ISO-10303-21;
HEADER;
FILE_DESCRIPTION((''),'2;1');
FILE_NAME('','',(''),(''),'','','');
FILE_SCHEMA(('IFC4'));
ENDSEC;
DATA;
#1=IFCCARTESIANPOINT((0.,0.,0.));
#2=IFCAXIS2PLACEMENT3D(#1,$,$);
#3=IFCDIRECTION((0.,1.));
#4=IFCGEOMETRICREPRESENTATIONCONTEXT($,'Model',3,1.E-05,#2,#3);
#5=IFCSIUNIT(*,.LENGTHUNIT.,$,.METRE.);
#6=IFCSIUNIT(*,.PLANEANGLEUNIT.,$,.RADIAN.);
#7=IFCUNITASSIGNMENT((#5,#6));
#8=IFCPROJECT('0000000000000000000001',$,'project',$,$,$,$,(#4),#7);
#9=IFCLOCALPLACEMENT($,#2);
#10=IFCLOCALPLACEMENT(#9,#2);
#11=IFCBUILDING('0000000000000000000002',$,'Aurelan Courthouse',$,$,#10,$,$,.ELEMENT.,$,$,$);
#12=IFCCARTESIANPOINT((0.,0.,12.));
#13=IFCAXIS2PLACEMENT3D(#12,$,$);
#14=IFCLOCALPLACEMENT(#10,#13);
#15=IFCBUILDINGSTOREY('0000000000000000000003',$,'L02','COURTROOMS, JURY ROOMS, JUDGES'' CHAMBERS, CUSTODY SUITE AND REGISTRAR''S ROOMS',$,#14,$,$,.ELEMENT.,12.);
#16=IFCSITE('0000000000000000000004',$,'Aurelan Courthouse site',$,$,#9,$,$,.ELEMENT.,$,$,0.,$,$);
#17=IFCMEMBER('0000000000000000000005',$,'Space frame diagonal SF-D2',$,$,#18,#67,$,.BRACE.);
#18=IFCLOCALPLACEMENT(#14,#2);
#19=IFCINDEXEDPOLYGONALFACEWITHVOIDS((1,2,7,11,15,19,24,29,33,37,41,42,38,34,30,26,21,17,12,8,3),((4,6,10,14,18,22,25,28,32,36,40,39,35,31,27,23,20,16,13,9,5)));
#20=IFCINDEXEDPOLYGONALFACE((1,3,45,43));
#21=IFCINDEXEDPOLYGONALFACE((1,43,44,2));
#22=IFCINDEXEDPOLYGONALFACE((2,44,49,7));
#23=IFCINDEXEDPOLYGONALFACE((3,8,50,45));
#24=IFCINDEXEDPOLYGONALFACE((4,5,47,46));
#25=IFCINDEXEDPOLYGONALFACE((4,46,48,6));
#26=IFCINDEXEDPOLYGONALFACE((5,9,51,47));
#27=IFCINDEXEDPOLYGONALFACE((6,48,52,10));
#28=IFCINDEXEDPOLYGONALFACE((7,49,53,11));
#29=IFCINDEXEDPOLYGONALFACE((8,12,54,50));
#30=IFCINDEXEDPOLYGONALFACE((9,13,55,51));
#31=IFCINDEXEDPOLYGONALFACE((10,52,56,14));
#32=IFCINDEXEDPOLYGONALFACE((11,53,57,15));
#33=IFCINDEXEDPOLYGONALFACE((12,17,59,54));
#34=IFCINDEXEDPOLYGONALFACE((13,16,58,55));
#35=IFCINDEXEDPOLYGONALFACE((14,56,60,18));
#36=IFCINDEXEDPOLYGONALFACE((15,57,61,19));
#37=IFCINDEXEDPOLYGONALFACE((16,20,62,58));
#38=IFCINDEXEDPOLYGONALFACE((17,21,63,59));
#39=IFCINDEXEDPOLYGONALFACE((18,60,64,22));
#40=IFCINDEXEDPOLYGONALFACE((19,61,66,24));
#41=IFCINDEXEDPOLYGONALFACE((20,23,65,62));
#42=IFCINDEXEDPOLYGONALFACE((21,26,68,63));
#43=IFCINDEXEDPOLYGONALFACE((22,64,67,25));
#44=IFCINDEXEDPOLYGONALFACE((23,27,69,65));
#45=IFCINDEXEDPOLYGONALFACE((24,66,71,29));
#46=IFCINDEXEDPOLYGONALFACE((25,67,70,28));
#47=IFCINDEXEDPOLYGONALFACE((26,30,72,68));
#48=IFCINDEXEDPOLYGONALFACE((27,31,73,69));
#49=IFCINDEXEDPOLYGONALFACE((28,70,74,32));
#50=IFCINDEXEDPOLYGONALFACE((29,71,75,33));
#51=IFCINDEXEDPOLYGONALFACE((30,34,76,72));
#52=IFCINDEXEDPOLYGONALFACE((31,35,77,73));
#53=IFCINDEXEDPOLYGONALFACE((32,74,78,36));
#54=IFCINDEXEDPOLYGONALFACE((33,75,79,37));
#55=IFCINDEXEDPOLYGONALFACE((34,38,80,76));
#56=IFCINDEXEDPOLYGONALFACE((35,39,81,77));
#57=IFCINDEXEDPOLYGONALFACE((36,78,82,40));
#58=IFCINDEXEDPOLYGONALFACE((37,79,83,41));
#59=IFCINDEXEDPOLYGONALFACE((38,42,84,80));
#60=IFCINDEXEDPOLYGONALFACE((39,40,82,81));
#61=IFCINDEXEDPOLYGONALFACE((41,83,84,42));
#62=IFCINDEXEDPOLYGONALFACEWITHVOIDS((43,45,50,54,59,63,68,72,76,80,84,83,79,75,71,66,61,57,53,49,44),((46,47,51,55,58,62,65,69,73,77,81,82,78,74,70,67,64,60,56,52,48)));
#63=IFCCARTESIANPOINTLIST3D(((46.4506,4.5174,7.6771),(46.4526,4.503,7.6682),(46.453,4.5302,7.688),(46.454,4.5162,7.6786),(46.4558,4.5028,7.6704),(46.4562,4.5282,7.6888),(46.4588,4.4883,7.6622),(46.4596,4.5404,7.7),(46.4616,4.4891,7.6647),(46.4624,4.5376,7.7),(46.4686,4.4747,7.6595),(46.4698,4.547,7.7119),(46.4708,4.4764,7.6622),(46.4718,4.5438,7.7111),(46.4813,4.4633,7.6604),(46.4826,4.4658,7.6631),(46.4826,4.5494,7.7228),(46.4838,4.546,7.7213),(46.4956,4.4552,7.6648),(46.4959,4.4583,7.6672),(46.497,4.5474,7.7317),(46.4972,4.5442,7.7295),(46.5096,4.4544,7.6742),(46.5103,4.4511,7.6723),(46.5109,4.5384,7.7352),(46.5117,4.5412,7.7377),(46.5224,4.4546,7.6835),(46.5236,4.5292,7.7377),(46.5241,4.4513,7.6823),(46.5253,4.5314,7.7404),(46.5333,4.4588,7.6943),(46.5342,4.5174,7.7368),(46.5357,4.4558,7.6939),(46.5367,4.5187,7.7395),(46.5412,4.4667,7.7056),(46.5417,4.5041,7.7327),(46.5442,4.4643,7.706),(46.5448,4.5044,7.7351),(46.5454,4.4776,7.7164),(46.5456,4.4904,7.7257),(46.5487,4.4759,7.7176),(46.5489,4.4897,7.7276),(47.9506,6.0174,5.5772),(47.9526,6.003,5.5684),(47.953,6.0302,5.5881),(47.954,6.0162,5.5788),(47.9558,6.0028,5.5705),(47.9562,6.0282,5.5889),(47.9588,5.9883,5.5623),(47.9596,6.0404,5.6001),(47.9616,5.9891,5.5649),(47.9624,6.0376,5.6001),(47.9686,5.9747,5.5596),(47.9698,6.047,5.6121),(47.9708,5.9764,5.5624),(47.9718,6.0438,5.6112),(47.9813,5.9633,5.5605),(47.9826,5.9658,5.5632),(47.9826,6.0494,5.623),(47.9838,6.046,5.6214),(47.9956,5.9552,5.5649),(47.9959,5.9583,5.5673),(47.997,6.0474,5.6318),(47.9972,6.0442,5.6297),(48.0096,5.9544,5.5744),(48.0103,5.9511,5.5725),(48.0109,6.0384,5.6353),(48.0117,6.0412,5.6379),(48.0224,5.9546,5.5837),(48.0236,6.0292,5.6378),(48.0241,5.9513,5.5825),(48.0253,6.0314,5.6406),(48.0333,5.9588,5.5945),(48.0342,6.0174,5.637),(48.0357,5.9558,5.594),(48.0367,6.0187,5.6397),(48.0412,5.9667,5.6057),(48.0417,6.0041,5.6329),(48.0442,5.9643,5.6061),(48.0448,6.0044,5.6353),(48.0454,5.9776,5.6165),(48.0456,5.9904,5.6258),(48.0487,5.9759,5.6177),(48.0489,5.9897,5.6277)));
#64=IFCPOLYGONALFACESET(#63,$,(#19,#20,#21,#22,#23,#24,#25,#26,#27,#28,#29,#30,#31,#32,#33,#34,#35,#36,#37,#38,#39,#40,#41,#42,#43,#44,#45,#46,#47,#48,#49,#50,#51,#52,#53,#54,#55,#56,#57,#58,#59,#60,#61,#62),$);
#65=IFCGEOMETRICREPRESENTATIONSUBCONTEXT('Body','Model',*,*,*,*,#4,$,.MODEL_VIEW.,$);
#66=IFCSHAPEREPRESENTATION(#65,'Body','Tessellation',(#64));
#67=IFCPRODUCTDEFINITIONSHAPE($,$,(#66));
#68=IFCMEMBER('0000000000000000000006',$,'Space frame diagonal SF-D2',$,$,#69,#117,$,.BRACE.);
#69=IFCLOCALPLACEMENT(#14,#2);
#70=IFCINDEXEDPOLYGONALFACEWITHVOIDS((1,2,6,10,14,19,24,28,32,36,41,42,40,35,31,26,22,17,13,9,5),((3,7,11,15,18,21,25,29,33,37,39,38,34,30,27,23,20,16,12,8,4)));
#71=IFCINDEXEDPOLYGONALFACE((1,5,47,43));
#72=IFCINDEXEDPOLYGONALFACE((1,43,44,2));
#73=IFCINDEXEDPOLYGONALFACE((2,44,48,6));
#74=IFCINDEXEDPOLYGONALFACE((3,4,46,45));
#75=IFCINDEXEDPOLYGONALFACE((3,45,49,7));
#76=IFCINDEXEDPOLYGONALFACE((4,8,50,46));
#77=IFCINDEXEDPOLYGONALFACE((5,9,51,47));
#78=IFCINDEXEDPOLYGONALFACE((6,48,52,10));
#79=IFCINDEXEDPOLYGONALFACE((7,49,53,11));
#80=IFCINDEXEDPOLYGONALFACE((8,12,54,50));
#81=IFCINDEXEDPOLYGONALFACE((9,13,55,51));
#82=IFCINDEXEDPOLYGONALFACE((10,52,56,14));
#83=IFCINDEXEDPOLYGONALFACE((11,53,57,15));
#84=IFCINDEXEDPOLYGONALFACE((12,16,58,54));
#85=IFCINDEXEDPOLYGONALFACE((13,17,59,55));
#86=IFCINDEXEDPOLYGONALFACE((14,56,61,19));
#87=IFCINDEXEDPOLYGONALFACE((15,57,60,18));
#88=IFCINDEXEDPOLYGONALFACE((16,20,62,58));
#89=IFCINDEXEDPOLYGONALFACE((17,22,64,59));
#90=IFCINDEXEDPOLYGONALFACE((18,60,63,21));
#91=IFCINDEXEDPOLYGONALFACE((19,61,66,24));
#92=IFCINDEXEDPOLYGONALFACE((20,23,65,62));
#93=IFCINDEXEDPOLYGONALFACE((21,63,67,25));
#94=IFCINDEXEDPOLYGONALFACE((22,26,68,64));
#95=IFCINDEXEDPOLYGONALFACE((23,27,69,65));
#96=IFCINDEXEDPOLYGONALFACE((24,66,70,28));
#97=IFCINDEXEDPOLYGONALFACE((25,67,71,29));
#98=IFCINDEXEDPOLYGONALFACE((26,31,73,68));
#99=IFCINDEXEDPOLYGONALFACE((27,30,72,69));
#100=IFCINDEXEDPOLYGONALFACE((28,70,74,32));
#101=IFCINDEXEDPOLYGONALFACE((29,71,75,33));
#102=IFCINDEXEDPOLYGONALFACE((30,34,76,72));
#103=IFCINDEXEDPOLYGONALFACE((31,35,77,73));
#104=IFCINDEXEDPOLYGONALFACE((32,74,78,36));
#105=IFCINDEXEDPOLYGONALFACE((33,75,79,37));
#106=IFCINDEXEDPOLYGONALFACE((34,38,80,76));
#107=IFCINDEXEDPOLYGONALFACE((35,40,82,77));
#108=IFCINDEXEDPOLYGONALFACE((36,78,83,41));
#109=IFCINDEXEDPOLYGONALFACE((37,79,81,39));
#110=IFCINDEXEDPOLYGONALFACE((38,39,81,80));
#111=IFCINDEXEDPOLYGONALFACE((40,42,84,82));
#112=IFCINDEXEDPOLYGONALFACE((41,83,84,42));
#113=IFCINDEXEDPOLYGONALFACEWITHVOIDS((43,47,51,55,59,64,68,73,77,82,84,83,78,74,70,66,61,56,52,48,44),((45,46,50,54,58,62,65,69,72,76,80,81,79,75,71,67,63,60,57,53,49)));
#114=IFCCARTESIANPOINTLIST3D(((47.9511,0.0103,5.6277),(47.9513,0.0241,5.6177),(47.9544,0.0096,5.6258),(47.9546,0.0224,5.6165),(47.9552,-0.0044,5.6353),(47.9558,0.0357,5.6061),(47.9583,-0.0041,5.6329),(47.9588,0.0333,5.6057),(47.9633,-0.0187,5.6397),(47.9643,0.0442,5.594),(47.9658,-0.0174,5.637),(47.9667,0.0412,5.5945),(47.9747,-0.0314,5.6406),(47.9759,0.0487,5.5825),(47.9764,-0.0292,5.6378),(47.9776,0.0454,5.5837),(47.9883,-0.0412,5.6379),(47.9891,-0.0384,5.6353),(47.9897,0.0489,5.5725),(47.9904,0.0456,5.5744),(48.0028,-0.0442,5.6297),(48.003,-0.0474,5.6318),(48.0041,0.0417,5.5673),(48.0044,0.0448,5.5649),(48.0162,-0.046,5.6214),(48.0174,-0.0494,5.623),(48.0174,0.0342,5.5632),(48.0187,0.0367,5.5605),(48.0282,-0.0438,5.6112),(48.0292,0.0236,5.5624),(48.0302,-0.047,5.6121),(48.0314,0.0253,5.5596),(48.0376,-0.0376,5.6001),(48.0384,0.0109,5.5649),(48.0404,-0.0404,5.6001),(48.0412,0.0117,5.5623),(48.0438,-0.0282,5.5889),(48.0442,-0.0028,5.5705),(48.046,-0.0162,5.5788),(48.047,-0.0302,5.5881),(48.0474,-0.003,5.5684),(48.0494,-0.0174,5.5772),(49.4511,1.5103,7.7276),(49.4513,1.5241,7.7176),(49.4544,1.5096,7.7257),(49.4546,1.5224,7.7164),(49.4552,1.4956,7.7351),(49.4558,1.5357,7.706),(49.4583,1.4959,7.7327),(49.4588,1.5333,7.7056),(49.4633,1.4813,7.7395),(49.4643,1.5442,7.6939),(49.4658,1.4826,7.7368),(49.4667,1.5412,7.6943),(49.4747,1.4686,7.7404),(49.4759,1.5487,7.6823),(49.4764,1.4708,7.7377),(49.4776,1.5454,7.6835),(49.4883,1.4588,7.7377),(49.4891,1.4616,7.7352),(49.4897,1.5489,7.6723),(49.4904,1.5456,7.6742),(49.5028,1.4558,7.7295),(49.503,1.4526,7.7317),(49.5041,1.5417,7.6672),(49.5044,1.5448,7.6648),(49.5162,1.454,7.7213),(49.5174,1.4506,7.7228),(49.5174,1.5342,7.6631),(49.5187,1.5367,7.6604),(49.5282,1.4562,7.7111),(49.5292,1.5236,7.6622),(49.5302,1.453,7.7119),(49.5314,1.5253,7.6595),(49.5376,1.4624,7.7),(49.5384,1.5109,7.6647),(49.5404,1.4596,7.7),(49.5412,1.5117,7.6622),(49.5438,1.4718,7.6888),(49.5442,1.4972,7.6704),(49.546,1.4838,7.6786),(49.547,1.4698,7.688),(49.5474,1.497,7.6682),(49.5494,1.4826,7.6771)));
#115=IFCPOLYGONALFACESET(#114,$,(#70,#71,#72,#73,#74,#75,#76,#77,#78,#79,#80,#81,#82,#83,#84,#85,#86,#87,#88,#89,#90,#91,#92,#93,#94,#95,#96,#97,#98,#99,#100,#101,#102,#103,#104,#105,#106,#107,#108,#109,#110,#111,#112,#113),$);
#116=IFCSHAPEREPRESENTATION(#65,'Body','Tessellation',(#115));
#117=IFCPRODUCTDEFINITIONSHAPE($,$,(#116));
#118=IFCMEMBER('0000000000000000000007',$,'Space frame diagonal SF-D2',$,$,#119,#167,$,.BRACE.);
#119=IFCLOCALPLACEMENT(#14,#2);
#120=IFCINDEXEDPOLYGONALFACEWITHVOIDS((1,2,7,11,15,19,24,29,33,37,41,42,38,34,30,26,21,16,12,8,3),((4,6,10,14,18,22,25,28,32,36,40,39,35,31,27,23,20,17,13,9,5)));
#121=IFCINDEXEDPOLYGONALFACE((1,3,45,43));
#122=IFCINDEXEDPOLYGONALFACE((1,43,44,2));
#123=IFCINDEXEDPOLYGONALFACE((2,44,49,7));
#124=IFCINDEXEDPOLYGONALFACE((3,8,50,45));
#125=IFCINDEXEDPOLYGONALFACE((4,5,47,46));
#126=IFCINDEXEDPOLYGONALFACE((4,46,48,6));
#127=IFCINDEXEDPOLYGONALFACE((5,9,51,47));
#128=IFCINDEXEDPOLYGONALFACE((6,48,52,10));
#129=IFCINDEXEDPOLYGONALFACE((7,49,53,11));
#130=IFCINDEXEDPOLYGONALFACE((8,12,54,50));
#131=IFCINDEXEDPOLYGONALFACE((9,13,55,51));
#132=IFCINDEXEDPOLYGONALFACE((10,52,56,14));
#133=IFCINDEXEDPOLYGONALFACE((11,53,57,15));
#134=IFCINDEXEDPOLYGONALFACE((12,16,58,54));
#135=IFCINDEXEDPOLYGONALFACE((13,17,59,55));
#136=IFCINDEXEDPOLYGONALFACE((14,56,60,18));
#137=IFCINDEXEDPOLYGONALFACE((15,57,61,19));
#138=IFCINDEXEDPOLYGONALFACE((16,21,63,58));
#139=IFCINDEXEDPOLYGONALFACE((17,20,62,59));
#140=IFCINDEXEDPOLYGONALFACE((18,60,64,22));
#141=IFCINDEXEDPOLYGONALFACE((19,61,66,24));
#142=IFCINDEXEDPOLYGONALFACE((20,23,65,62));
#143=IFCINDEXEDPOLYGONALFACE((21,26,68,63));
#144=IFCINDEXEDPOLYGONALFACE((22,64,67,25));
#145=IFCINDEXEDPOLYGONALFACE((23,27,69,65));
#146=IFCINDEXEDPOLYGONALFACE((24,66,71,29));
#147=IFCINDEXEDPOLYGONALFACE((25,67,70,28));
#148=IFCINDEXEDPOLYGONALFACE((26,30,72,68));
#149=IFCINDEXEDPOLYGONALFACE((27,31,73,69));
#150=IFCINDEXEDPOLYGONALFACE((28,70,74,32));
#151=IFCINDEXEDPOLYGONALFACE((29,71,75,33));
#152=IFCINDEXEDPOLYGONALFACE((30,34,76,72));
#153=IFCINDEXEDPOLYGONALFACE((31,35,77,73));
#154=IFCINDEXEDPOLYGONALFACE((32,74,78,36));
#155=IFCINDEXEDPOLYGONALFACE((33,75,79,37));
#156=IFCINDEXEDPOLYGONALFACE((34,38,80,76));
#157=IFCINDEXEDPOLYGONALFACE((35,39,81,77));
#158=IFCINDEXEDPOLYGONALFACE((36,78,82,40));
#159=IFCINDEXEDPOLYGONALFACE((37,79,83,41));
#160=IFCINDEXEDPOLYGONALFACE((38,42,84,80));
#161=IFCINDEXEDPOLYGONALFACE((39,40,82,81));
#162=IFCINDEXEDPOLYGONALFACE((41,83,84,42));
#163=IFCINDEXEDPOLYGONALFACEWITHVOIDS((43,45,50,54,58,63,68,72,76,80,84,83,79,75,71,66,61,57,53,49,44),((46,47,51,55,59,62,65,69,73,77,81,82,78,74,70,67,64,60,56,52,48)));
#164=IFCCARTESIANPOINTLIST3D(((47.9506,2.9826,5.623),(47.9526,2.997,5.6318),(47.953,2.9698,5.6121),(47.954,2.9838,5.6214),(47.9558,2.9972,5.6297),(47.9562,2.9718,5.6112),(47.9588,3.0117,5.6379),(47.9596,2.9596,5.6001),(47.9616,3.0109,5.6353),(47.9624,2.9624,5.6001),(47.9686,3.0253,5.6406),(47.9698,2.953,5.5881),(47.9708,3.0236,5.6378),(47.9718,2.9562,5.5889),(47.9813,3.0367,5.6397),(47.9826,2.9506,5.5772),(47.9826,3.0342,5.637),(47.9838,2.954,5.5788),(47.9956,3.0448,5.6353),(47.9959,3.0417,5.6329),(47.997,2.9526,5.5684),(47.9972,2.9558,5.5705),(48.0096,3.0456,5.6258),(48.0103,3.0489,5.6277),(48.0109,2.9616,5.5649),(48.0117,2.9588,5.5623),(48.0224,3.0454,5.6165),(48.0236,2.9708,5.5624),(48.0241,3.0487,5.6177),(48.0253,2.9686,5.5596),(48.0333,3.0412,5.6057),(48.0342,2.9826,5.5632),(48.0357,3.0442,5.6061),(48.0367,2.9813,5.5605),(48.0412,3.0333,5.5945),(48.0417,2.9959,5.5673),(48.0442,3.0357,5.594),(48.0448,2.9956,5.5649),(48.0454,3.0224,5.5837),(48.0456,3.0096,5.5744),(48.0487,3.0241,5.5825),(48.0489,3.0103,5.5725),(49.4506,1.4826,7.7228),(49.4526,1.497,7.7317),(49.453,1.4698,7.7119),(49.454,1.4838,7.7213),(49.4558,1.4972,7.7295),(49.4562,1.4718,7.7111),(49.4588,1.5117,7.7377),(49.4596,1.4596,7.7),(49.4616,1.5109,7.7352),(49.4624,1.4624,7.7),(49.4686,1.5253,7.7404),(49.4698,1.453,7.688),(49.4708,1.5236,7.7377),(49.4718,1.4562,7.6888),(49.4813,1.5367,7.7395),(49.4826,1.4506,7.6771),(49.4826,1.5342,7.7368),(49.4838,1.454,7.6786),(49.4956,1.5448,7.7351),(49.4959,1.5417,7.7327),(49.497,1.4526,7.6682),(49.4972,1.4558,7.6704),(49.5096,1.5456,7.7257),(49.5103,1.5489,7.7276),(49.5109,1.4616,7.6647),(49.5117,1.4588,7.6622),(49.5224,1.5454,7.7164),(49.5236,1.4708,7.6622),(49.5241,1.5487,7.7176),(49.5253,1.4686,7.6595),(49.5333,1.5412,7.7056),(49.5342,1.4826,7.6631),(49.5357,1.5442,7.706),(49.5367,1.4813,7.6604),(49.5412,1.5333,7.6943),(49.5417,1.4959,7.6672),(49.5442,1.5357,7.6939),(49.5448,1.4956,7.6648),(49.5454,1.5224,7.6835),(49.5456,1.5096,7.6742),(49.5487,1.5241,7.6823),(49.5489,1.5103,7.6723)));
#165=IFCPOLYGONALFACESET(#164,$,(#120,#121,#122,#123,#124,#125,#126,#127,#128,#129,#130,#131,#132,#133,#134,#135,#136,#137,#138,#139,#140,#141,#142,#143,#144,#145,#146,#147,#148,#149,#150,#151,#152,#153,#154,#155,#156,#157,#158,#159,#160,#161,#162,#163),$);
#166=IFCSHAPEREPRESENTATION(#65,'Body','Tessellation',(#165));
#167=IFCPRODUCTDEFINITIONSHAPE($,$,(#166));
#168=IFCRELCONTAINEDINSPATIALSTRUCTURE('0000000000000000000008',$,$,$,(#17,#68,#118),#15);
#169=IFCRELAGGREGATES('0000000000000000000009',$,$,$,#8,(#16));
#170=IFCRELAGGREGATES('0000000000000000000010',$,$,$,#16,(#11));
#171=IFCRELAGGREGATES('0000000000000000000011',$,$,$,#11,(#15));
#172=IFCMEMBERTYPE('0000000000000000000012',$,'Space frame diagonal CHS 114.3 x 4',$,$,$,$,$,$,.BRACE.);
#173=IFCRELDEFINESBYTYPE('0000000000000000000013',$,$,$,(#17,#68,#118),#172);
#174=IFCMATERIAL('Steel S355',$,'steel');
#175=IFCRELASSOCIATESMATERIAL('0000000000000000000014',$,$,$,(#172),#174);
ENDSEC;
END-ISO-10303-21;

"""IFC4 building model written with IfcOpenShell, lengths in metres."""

from ifc_helpers import new_model, si_unit, direction, frame, origin, origin_2d, place, context, subcontext, project, spatial, hollow_circle, extrude, material, material_profile, profile_set, type_object, element, save


model = new_model("IFC4")

# Units and contexts
model_context = context("Model", 3, precision=1e-05, world=origin(), true_north=direction((0.0, 1.0)))
body_context = subcontext(model_context, "Body", "Model", "MODEL_VIEW")
ifc_project = project(units=[si_unit("LENGTHUNIT", "METRE"), si_unit("PLANEANGLEUNIT", "RADIAN")], contexts=[model_context])

# Site, building, storey
site_placement = place(None, origin())
site = spatial("IfcSite", under=ifc_project, at=site_placement, Name="Aurelan Courthouse site", CompositionType="ELEMENT", RefElevation=0.0)
building_placement = place(site_placement, origin())
building = spatial("IfcBuilding", under=site, at=building_placement, Name="Aurelan Courthouse", CompositionType="ELEMENT")
storey_placement = place(building_placement, frame((0.0, 0.0, 12.0)))
storey = spatial("IfcBuildingStorey", under=building, at=storey_placement, Name="L02", Description="COURTROOMS, JURY ROOMS, JUDGES' CHAMBERS, CUSTODY SUITE AND REGISTRAR'S ROOMS", CompositionType="ELEMENT", Elevation=12.0)

# Members
ifc_material_1 = material(Name="Steel S355", Category="steel")
ifc_material_profile_1 = material_profile(ifc_material_1, hollow_circle(Radius=0.0571, WallThickness=0.0039, at=origin_2d()), Name="CHS 114.3 x 4")
ifc_profile_set_1 = profile_set([ifc_material_profile_1], Name="Steel S355")
member_type_1 = type_object("IfcMemberType", Name="Space frame diagonal CHS 114.3 x 4", PredefinedType="BRACE", material=ifc_profile_set_1)
for number, where, z_axis, x_axis, name in (
    (1, (46.5, 4.5, 7.7), (0.502536, 0.502536, -0.703502), (-0.707107, 0.707107, 0.0), "Space frame diagonal SF-D2"),
    (2, (49.5, 1.5, 7.7), (-0.502536, -0.502536, -0.703502), (0.707107, -0.707107, 0.0), "Space frame diagonal SF-D2"),
    (3, (49.5, 1.5, 7.7), (-0.502536, 0.502536, -0.703502), (-0.707107, -0.707107, 0.0), "Space frame diagonal SF-D2"),
):
    element("IfcMember", number, at=place(storey_placement, frame(where, z_axis=z_axis, x_axis=x_axis)), inside=storey, type_object=member_type_1, Name=name, PredefinedType="BRACE", context=body_context, shape_type="SweptSolid", body=[
        extrude(hollow_circle(Radius=0.0571, WallThickness=0.0039, at=origin_2d()), origin(), (0.0, 0.0, 1.0), 2.9849),
    ])

save(model, "model.ifc")
